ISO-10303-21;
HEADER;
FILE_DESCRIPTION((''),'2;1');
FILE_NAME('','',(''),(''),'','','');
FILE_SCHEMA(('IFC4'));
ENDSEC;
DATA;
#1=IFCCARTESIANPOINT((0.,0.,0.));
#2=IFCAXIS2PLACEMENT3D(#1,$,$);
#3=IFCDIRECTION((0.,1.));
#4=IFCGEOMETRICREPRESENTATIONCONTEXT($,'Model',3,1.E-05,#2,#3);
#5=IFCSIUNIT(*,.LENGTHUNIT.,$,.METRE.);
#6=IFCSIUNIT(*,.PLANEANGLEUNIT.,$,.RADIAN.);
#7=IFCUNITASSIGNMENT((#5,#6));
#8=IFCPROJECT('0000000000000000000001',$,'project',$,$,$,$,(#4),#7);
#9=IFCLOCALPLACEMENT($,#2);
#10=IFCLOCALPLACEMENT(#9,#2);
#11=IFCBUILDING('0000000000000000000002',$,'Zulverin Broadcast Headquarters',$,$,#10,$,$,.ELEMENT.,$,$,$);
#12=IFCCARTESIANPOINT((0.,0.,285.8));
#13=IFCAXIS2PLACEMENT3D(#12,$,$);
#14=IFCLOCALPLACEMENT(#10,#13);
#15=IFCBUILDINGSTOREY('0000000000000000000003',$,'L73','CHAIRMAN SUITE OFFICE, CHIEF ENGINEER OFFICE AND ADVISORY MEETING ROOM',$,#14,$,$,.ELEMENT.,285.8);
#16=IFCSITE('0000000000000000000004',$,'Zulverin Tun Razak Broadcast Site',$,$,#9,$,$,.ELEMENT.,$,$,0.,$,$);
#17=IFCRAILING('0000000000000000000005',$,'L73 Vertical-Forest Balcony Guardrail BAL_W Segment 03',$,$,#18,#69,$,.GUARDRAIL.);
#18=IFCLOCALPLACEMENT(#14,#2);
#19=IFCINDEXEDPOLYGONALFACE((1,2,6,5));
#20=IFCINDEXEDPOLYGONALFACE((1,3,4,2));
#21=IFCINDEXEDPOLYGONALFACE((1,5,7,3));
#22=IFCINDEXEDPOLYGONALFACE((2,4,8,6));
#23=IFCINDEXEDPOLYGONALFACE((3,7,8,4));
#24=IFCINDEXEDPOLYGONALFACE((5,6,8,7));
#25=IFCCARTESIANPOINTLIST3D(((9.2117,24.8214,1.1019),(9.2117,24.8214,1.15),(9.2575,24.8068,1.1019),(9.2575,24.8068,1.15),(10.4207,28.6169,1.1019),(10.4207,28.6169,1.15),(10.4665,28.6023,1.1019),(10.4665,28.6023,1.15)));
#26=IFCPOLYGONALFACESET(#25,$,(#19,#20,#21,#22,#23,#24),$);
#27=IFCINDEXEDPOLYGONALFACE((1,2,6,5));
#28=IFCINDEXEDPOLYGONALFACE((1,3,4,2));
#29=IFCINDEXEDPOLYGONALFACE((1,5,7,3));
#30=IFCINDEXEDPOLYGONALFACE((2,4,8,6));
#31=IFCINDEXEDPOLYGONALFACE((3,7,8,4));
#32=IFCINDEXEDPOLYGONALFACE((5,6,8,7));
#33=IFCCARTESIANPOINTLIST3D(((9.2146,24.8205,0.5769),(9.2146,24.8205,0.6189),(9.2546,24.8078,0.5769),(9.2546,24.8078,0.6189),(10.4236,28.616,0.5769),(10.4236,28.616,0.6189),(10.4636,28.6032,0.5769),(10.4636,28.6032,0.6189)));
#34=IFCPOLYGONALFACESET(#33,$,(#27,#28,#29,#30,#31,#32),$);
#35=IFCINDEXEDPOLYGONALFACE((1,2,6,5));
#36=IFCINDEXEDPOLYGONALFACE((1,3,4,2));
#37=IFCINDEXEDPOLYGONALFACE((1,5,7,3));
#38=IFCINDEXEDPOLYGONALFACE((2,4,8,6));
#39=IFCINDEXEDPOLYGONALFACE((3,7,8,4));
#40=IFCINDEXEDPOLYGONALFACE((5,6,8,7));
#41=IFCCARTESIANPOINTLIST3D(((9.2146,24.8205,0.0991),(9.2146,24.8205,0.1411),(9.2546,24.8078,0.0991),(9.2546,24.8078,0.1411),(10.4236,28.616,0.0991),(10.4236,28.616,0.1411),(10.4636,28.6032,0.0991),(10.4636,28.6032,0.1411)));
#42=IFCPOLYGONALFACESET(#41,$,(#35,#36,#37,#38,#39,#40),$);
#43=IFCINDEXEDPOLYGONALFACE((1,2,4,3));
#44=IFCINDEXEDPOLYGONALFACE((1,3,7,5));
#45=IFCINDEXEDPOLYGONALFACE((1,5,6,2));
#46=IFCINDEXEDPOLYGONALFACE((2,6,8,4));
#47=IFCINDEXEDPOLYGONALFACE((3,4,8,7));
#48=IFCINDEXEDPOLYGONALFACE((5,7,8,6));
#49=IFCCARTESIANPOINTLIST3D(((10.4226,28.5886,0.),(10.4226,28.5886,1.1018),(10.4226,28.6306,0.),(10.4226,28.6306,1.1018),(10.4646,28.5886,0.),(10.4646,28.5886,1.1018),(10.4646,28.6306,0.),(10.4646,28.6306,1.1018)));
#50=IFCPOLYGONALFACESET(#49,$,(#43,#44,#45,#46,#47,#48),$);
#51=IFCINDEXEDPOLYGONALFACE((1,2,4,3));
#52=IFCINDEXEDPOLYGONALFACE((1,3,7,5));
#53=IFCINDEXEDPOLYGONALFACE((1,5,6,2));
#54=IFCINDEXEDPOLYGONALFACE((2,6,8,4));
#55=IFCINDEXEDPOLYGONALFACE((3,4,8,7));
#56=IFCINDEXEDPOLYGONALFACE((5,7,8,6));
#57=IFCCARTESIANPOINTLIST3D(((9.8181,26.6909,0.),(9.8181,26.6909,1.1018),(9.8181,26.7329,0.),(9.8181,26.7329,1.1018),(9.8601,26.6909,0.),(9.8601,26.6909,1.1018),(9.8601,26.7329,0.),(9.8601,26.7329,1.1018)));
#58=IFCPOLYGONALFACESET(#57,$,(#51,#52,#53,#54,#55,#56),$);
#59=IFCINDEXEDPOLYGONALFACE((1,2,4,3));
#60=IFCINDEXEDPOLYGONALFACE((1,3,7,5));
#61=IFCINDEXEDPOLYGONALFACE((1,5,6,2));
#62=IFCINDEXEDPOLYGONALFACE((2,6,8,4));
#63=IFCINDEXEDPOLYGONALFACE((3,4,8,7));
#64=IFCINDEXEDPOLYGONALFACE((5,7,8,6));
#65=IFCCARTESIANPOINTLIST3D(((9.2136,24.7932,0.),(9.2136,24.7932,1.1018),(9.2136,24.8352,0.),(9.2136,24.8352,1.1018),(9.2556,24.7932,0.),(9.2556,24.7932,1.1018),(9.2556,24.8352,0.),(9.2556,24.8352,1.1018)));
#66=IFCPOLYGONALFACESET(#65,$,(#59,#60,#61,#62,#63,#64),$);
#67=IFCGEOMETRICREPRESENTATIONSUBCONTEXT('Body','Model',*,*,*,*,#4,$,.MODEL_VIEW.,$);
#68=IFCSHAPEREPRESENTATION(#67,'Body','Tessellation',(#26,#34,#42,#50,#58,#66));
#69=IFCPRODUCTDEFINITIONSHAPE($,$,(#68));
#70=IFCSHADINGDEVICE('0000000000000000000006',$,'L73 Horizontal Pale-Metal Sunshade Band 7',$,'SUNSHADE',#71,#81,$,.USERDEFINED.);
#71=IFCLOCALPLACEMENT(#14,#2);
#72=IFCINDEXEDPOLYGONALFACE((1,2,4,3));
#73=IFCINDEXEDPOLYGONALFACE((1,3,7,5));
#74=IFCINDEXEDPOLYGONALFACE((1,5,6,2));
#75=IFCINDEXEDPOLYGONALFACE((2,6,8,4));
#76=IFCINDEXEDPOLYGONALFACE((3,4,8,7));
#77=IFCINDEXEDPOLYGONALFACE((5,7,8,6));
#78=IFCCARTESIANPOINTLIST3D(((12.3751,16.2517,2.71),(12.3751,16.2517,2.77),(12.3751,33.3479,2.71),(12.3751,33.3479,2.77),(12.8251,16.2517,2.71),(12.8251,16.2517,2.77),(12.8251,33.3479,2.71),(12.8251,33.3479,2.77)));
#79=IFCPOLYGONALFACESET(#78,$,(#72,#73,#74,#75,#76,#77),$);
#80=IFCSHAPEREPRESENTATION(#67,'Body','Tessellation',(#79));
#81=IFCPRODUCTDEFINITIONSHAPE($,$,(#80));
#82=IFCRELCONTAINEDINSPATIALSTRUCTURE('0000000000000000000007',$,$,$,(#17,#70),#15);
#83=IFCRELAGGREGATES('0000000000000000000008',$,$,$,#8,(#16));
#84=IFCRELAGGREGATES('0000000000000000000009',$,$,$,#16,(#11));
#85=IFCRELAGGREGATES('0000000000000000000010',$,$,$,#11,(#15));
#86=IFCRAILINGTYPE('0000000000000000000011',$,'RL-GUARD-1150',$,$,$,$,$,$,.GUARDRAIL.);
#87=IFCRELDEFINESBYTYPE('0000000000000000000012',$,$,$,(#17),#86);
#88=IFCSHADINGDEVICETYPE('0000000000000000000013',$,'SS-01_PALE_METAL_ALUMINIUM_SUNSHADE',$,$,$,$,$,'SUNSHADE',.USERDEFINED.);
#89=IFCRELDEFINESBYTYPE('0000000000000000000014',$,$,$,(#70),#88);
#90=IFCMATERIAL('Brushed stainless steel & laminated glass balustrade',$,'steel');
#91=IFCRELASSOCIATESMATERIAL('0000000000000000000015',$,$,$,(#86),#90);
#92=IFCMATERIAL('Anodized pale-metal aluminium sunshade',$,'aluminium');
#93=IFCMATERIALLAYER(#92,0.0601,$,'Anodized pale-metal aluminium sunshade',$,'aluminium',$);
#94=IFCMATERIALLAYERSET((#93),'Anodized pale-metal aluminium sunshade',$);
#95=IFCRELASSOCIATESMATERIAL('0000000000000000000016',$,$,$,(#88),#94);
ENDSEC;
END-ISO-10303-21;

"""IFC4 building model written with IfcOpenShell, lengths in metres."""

from ifc_helpers import new_model, si_unit, direction, frame, origin, origin_2d, place, context, subcontext, project, spatial, rectangle, extrude, material, layer, layer_set, type_object, element, save


model = new_model("IFC4")

# Units and contexts
model_context = context("Model", 3, precision=1e-05, world=origin(), true_north=direction((0.0, 1.0)))
body_context = subcontext(model_context, "Body", "Model", "MODEL_VIEW")
ifc_project = project(units=[si_unit("LENGTHUNIT", "METRE"), si_unit("PLANEANGLEUNIT", "RADIAN")], contexts=[model_context])

# Site, building, storey
site_placement = place(None, origin())
site = spatial("IfcSite", under=ifc_project, at=site_placement, Name="Zulverin Tun Razak Broadcast Site", CompositionType="ELEMENT", RefElevation=0.0)
building_placement = place(site_placement, origin())
building = spatial("IfcBuilding", under=site, at=building_placement, Name="Zulverin Broadcast Headquarters", CompositionType="ELEMENT")
storey_placement = place(building_placement, frame((0.0, 0.0, 285.8)))
storey = spatial("IfcBuildingStorey", under=building, at=storey_placement, Name="L73", Description="CHAIRMAN SUITE OFFICE, CHIEF ENGINEER OFFICE AND ADVISORY MEETING ROOM", CompositionType="ELEMENT", Elevation=285.8)

# Railing
ifc_material_1 = material(Name="Brushed stainless steel & laminated glass balustrade", Category="steel")
railing_type = type_object("IfcRailingType", Name="RL-GUARD-1150", PredefinedType="GUARDRAIL", material=ifc_material_1)
railing_1_placement = place(storey_placement, frame((10.4436, 28.6096, 0.0)))
element("IfcRailing", 1, at=railing_1_placement, inside=storey, type_object=railing_type, Name="L73 Vertical-Forest Balcony Guardrail BAL_W Segment 03", PredefinedType="GUARDRAIL", context=body_context, shape_type="SweptSolid", body=[
    extrude(rectangle(XDim=0.0481, YDim=0.0481, at=origin_2d()), frame((0.0, 0.0, 1.126), z_axis=(-0.303512, -0.952828, 0.0), x_axis=(0.952828, -0.303512, 0.0)), (0.0, 0.0, 1.0), 3.9834),
    extrude(rectangle(XDim=0.042, YDim=0.042, at=origin_2d()), frame((0.0, 0.0, 0.5979), z_axis=(-0.303512, -0.952828, 0.0), x_axis=(0.952828, -0.303512, 0.0)), (0.0, 0.0, 1.0), 3.9834),
    extrude(rectangle(XDim=0.042, YDim=0.042, at=origin_2d()), frame((0.0, 0.0, 0.1201), z_axis=(-0.303512, -0.952828, 0.0), x_axis=(0.952828, -0.303512, 0.0)), (0.0, 0.0, 1.0), 3.9834),
    extrude(rectangle(XDim=0.042, YDim=0.042, at=origin_2d()), origin(), (0.0, 0.0, 1.0), 1.1018),
    extrude(rectangle(XDim=0.042, YDim=0.042, at=origin_2d()), frame((-0.6045, -1.8977, 0.0)), (0.0, 0.0, 1.0), 1.1018),
    extrude(rectangle(XDim=0.042, YDim=0.042, at=origin_2d()), frame((-1.209, -3.7954, 0.0)), (0.0, 0.0, 1.0), 1.1018),
])

# Shading device
ifc_material_2 = material(Name="Anodized pale-metal aluminium sunshade", Category="aluminium")
ifc_layer_1 = layer(ifc_material_2, 0.0601, Name="Anodized pale-metal aluminium sunshade", Category="aluminium")
ifc_layer_set_1 = layer_set([ifc_layer_1], Name="Anodized pale-metal aluminium sunshade")
shading_device_type = type_object("IfcShadingDeviceType", Name="SS-01_PALE_METAL_ALUMINIUM_SUNSHADE", ElementType="SUNSHADE", PredefinedType="USERDEFINED", material=ifc_layer_set_1)
shading_device_placement = place(storey_placement, frame((12.6001, 24.7998, 2.71), z_axis=(0.0, 0.0, 1.0), x_axis=(0.0, -1.0, 0.0)))
element("IfcShadingDevice", 2, at=shading_device_placement, inside=storey, type_object=shading_device_type, Name="L73 Horizontal Pale-Metal Sunshade Band 7", ObjectType="SUNSHADE", PredefinedType="USERDEFINED", context=body_context, shape_type="SweptSolid", body=[
    extrude(rectangle(XDim=17.0962, YDim=0.45, at=origin_2d()), origin(), (0.0, 0.0, 1.0), 0.0601),
])

save(model, "model.ifc")
